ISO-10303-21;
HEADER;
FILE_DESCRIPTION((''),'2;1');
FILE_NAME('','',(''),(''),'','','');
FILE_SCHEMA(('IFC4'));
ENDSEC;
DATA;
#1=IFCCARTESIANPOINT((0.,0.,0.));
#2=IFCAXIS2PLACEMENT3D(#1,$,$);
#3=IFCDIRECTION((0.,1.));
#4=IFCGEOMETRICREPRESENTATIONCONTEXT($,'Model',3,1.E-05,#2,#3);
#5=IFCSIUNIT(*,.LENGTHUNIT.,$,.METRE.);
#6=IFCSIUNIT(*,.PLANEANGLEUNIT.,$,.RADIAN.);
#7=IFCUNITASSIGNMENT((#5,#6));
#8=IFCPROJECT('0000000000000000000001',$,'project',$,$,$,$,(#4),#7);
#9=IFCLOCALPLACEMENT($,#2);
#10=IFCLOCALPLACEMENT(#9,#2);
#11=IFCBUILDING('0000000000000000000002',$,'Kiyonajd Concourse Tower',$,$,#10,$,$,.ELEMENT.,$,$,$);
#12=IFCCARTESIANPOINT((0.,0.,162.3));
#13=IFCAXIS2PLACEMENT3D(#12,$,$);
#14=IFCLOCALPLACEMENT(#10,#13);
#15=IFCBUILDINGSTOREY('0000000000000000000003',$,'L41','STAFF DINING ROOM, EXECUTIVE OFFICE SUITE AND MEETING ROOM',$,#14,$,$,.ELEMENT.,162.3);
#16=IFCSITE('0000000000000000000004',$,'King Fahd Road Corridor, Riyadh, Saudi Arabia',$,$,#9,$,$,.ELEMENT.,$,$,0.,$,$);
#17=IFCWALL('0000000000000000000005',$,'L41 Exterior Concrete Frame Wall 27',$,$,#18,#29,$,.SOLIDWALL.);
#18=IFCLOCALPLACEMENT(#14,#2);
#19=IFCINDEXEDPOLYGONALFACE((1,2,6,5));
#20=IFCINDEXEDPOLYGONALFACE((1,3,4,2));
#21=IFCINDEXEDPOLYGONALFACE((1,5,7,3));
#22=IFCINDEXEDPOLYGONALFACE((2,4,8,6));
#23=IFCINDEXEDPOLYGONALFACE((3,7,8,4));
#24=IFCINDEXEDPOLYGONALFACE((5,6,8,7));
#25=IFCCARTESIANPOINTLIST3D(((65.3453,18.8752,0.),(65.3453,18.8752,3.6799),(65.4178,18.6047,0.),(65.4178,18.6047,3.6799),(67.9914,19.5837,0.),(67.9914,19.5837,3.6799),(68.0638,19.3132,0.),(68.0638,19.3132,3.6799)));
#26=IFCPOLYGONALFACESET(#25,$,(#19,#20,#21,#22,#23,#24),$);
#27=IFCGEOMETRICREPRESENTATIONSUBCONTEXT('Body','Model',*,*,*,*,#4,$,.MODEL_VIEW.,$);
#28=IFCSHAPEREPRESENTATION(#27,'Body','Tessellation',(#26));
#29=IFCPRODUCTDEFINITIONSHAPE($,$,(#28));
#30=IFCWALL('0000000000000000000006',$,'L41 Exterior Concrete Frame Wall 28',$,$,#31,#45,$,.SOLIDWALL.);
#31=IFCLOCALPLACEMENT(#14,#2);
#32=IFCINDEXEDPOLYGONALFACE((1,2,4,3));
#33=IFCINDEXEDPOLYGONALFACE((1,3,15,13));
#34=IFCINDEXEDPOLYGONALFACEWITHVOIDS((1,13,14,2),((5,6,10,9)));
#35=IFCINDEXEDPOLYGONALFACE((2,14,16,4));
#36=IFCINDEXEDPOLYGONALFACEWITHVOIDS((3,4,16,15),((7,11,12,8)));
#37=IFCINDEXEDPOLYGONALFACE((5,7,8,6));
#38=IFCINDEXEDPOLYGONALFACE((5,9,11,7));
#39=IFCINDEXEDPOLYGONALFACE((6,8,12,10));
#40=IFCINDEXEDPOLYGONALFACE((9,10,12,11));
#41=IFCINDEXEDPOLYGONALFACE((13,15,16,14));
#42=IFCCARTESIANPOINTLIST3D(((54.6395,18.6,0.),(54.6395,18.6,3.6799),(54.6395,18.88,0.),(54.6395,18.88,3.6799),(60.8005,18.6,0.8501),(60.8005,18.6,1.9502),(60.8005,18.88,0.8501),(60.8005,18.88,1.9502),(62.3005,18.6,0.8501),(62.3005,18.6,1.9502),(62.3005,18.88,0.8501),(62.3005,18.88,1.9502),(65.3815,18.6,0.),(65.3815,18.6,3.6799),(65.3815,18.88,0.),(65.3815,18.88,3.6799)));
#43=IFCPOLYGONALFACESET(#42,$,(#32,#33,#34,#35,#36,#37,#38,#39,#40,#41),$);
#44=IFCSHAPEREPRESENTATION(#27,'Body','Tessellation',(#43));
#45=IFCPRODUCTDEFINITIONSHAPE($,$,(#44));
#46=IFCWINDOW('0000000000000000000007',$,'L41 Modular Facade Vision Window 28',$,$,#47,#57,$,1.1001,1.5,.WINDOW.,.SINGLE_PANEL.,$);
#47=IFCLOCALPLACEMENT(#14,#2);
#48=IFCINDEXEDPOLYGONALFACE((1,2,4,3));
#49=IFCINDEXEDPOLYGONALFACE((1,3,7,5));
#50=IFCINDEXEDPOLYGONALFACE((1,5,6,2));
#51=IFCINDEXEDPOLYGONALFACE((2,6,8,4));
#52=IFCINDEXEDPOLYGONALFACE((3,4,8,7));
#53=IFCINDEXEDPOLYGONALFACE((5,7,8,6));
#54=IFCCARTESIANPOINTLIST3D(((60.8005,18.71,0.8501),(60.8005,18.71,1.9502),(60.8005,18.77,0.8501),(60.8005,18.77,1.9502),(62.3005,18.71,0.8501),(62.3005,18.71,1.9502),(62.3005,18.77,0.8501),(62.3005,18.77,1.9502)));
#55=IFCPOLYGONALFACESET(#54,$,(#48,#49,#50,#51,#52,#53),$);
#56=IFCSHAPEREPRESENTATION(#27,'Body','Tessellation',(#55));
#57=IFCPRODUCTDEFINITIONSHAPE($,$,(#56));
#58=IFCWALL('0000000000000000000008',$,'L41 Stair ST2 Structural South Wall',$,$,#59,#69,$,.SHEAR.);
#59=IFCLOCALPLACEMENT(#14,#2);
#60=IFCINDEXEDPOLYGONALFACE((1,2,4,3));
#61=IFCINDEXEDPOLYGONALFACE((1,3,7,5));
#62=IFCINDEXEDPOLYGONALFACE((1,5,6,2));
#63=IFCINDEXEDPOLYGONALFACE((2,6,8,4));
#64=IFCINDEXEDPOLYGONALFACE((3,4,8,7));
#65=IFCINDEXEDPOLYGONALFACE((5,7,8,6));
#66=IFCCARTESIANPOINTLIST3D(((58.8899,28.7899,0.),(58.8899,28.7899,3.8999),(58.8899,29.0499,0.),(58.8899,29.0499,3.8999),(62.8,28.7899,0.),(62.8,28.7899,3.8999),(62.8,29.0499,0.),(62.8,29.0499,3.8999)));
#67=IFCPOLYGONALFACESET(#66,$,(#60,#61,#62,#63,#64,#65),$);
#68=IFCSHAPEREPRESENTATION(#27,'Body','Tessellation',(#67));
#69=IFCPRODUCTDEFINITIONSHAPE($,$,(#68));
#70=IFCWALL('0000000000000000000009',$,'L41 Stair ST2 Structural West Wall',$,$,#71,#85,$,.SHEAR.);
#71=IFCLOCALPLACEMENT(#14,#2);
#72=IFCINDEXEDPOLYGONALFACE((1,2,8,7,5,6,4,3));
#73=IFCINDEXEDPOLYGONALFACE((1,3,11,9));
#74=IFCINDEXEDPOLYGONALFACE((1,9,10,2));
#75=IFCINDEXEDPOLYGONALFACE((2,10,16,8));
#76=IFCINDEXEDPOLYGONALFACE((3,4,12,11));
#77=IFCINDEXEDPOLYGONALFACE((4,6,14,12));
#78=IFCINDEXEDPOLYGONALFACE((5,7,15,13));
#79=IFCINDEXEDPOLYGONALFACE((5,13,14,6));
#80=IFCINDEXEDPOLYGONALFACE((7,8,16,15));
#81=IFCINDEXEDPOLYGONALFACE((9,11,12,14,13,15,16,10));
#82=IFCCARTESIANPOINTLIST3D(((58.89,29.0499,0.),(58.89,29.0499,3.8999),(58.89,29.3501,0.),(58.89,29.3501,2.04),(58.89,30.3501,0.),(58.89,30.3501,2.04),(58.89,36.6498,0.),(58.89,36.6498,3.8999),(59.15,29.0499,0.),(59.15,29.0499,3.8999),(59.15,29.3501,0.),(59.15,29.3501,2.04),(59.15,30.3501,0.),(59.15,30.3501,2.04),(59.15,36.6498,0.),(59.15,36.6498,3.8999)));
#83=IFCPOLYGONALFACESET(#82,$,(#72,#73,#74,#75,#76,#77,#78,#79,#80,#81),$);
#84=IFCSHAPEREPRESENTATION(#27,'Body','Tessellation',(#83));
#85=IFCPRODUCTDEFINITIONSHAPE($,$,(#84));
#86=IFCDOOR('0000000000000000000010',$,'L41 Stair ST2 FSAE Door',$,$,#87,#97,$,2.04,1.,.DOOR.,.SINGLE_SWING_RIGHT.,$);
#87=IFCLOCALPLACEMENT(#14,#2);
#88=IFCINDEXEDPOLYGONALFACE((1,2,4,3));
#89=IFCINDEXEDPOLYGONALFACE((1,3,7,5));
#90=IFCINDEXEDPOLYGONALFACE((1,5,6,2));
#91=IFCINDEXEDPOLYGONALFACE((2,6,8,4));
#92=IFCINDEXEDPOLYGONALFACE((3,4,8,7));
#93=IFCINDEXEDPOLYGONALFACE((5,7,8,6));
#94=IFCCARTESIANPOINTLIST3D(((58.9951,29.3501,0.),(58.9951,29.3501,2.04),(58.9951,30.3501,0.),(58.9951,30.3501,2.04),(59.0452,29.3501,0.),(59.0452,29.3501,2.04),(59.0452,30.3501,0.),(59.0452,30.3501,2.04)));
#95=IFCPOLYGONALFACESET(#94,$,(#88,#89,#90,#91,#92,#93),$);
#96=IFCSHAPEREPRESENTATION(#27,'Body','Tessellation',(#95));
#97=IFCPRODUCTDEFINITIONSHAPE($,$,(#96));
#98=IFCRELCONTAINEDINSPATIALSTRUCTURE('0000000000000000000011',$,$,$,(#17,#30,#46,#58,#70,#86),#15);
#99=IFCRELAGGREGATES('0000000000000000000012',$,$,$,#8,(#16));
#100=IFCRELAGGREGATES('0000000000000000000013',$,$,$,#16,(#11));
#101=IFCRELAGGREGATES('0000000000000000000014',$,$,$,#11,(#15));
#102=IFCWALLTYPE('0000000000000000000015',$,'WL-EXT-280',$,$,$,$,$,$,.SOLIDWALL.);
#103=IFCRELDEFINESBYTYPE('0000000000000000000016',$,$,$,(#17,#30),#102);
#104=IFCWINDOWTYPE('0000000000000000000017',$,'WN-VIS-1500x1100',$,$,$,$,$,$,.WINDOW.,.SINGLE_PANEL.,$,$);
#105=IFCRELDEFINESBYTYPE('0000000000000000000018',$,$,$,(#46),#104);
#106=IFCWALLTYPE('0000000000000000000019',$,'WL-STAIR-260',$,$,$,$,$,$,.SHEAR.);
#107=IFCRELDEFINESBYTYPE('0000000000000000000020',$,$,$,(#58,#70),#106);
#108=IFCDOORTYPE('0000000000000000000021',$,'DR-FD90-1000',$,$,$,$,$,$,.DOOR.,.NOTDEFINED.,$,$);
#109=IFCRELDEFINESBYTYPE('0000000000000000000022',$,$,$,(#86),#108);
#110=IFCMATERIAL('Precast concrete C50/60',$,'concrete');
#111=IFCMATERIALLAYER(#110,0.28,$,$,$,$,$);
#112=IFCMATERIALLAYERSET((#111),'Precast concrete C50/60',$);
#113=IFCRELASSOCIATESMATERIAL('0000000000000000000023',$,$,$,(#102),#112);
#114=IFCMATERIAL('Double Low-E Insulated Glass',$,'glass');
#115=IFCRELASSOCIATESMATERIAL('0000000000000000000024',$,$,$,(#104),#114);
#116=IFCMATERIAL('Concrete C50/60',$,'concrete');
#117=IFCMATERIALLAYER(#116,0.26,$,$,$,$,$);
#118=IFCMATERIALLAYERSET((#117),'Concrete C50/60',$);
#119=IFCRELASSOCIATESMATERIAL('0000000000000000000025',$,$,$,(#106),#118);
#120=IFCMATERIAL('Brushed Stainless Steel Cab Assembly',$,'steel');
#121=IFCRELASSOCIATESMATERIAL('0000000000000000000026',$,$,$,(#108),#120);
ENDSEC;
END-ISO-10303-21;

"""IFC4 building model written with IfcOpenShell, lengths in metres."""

from ifc_helpers import new_model, si_unit, direction, frame, frame_2d, origin, place, context, subcontext, project, spatial, rectangle, extrude, material, layer, layer_set, type_object, element, fill, save


model = new_model("IFC4")

# Units and contexts
model_context = context("Model", 3, precision=1e-05, world=origin(), true_north=direction((0.0, 1.0)))
body_context = subcontext(model_context, "Body", "Model", "MODEL_VIEW")
ifc_project = project(units=[si_unit("LENGTHUNIT", "METRE"), si_unit("PLANEANGLEUNIT", "RADIAN")], contexts=[model_context])

# Site, building, storey
site_placement = place(None, origin())
site = spatial("IfcSite", under=ifc_project, at=site_placement, Name="King Fahd Road Corridor, Riyadh, Saudi Arabia", CompositionType="ELEMENT", RefElevation=0.0)
building_placement = place(site_placement, origin())
building = spatial("IfcBuilding", under=site, at=building_placement, Name="Kiyonajd Concourse Tower", CompositionType="ELEMENT")
storey_placement = place(building_placement, frame((0.0, 0.0, 162.3)))
storey = spatial("IfcBuildingStorey", under=building, at=storey_placement, Name="L41", Description="STAFF DINING ROOM, EXECUTIVE OFFICE SUITE AND MEETING ROOM", CompositionType="ELEMENT", Elevation=162.3)

# Shared definitions
ifc_material_1 = material(Name="Double Low-E Insulated Glass", Category="glass")

# Wall
ifc_material_2 = material(Name="Precast concrete C50/60", Category="concrete")
ifc_layer_1 = layer(ifc_material_2, 0.28)
ifc_layer_set_1 = layer_set([ifc_layer_1], Name="Precast concrete C50/60")
wall_type_1 = type_object("IfcWallType", Name="WL-EXT-280", PredefinedType="SOLIDWALL", material=ifc_layer_set_1)
wall_1_placement = place(storey_placement, frame((68.0276, 19.4485, 0.0), z_axis=(0.0, 0.0, 1.0), x_axis=(-0.965971, -0.25865, 0.0)))
element("IfcWall", 1, at=wall_1_placement, inside=storey, type_object=wall_type_1, Name="L41 Exterior Concrete Frame Wall 27", PredefinedType="SOLIDWALL", context=body_context, shape_type="SweptSolid", body=[
    extrude(rectangle(XDim=2.7393, YDim=0.28, at=frame_2d((1.3696, 0.0))), origin(), (0.0, 0.0, 1.0), 3.6799),
])

# Wall, opening, window
wall_2_placement = place(storey_placement, frame((65.3816, 18.74, 0.0), z_axis=(0.0, 0.0, 1.0), x_axis=(-1.0, 0.0, 0.0)))
wall_2 = element("IfcWall", 2, at=wall_2_placement, inside=storey, type_object=wall_type_1, Name="L41 Exterior Concrete Frame Wall 28", PredefinedType="SOLIDWALL", context=body_context, shape_type="SweptSolid", body=[
    extrude(rectangle(XDim=10.7419, YDim=0.28, at=frame_2d((5.3711, 0.0))), origin(), (0.0, 0.0, 1.0), 3.6799),
])
opening_1_placement = place(wall_2_placement, frame((3.0811, 0.0, 0.8501)))
opening_1 = element("IfcOpeningElement", 3, at=opening_1_placement, cuts=wall_2, PredefinedType="OPENING", context=body_context, shape_type="SweptSolid", body=[
    extrude(rectangle(XDim=1.5, YDim=1.1001, at=frame_2d((0.75, 0.55))), frame((0.0, 0.1499, 0.0), z_axis=(0.0, -1.0, 0.0), x_axis=(1.0, 0.0, 0.0)), (0.0, 0.0, 1.0), 0.3),
])
window_type = type_object("IfcWindowType", Name="WN-VIS-1500x1100", PartitioningType="SINGLE_PANEL", PredefinedType="WINDOW", material=ifc_material_1)
window_placement = place(opening_1_placement, origin())
window = element("IfcWindow", 4, at=window_placement, inside=storey, type_object=window_type, Name="L41 Modular Facade Vision Window 28", OverallHeight=1.1001, OverallWidth=1.5, PartitioningType="SINGLE_PANEL", PredefinedType="WINDOW", context=body_context, shape_type="SweptSolid", body=[
    extrude(rectangle(XDim=1.5, YDim=1.1001, at=frame_2d((0.75, 0.55))), frame((0.0, 0.03, 0.0), z_axis=(0.0, -1.0, 0.0), x_axis=(1.0, 0.0, 0.0)), (0.0, 0.0, 1.0), 0.0601),
])
fill(opening_1, window)

# Wall
ifc_material_3 = material(Name="Concrete C50/60", Category="concrete")
ifc_layer_2 = layer(ifc_material_3, 0.26)
ifc_layer_set_2 = layer_set([ifc_layer_2], Name="Concrete C50/60")
wall_type_2 = type_object("IfcWallType", Name="WL-STAIR-260", PredefinedType="SHEAR", material=ifc_layer_set_2)
wall_3_placement = place(storey_placement, frame((58.8899, 28.9199, 0.0), z_axis=(0.0, 0.0, 1.0), x_axis=(1.0, 0.0, 0.0)))
element("IfcWall", 5, at=wall_3_placement, inside=storey, type_object=wall_type_2, Name="L41 Stair ST2 Structural South Wall", PredefinedType="SHEAR", context=body_context, shape_type="SweptSolid", body=[
    extrude(rectangle(XDim=3.9102, YDim=0.26, at=frame_2d((1.9551, 0.0))), origin(), (0.0, 0.0, 1.0), 3.8999),
])

# Wall, opening, door
wall_4_placement = place(storey_placement, frame((59.02, 29.05, 0.0), z_axis=(0.0, 0.0, 1.0), x_axis=(0.0, 1.0, 0.0)))
wall_4 = element("IfcWall", 6, at=wall_4_placement, inside=storey, type_object=wall_type_2, Name="L41 Stair ST2 Structural West Wall", PredefinedType="SHEAR", context=body_context, shape_type="SweptSolid", body=[
    extrude(rectangle(XDim=7.5999, YDim=0.26, at=frame_2d((3.7998, 0.0))), origin(), (0.0, 0.0, 1.0), 3.8999),
])
opening_2_placement = place(wall_4_placement, frame((0.3, 0.0, 0.0)))
opening_2 = element("IfcOpeningElement", 7, at=opening_2_placement, cuts=wall_4, PredefinedType="OPENING", context=body_context, shape_type="SweptSolid", body=[
    extrude(rectangle(XDim=1.0, YDim=2.04, at=frame_2d((0.5, 1.02))), frame((0.0, 0.1399, 0.0), z_axis=(0.0, -1.0, 0.0), x_axis=(1.0, 0.0, 0.0)), (0.0, 0.0, 1.0), 0.28),
])
ifc_material_4 = material(Name="Brushed Stainless Steel Cab Assembly", Category="steel")
door_type = type_object("IfcDoorType", Name="DR-FD90-1000", OperationType="NOTDEFINED", PredefinedType="DOOR", material=ifc_material_4)
door_placement = place(opening_2_placement, origin())
door = element("IfcDoor", 8, at=door_placement, inside=storey, type_object=door_type, Name="L41 Stair ST2 FSAE Door", OperationType="SINGLE_SWING_RIGHT", OverallHeight=2.04, OverallWidth=1.0, PredefinedType="DOOR", context=body_context, shape_type="SweptSolid", body=[
    extrude(rectangle(XDim=1.0, YDim=2.04, at=frame_2d((0.5, 1.02))), frame((0.0, 0.0249, 0.0), z_axis=(0.0, -1.0, 0.0), x_axis=(1.0, 0.0, 0.0)), (0.0, 0.0, 1.0), 0.05),
])
fill(opening_2, door)

save(model, "model.ifc")
